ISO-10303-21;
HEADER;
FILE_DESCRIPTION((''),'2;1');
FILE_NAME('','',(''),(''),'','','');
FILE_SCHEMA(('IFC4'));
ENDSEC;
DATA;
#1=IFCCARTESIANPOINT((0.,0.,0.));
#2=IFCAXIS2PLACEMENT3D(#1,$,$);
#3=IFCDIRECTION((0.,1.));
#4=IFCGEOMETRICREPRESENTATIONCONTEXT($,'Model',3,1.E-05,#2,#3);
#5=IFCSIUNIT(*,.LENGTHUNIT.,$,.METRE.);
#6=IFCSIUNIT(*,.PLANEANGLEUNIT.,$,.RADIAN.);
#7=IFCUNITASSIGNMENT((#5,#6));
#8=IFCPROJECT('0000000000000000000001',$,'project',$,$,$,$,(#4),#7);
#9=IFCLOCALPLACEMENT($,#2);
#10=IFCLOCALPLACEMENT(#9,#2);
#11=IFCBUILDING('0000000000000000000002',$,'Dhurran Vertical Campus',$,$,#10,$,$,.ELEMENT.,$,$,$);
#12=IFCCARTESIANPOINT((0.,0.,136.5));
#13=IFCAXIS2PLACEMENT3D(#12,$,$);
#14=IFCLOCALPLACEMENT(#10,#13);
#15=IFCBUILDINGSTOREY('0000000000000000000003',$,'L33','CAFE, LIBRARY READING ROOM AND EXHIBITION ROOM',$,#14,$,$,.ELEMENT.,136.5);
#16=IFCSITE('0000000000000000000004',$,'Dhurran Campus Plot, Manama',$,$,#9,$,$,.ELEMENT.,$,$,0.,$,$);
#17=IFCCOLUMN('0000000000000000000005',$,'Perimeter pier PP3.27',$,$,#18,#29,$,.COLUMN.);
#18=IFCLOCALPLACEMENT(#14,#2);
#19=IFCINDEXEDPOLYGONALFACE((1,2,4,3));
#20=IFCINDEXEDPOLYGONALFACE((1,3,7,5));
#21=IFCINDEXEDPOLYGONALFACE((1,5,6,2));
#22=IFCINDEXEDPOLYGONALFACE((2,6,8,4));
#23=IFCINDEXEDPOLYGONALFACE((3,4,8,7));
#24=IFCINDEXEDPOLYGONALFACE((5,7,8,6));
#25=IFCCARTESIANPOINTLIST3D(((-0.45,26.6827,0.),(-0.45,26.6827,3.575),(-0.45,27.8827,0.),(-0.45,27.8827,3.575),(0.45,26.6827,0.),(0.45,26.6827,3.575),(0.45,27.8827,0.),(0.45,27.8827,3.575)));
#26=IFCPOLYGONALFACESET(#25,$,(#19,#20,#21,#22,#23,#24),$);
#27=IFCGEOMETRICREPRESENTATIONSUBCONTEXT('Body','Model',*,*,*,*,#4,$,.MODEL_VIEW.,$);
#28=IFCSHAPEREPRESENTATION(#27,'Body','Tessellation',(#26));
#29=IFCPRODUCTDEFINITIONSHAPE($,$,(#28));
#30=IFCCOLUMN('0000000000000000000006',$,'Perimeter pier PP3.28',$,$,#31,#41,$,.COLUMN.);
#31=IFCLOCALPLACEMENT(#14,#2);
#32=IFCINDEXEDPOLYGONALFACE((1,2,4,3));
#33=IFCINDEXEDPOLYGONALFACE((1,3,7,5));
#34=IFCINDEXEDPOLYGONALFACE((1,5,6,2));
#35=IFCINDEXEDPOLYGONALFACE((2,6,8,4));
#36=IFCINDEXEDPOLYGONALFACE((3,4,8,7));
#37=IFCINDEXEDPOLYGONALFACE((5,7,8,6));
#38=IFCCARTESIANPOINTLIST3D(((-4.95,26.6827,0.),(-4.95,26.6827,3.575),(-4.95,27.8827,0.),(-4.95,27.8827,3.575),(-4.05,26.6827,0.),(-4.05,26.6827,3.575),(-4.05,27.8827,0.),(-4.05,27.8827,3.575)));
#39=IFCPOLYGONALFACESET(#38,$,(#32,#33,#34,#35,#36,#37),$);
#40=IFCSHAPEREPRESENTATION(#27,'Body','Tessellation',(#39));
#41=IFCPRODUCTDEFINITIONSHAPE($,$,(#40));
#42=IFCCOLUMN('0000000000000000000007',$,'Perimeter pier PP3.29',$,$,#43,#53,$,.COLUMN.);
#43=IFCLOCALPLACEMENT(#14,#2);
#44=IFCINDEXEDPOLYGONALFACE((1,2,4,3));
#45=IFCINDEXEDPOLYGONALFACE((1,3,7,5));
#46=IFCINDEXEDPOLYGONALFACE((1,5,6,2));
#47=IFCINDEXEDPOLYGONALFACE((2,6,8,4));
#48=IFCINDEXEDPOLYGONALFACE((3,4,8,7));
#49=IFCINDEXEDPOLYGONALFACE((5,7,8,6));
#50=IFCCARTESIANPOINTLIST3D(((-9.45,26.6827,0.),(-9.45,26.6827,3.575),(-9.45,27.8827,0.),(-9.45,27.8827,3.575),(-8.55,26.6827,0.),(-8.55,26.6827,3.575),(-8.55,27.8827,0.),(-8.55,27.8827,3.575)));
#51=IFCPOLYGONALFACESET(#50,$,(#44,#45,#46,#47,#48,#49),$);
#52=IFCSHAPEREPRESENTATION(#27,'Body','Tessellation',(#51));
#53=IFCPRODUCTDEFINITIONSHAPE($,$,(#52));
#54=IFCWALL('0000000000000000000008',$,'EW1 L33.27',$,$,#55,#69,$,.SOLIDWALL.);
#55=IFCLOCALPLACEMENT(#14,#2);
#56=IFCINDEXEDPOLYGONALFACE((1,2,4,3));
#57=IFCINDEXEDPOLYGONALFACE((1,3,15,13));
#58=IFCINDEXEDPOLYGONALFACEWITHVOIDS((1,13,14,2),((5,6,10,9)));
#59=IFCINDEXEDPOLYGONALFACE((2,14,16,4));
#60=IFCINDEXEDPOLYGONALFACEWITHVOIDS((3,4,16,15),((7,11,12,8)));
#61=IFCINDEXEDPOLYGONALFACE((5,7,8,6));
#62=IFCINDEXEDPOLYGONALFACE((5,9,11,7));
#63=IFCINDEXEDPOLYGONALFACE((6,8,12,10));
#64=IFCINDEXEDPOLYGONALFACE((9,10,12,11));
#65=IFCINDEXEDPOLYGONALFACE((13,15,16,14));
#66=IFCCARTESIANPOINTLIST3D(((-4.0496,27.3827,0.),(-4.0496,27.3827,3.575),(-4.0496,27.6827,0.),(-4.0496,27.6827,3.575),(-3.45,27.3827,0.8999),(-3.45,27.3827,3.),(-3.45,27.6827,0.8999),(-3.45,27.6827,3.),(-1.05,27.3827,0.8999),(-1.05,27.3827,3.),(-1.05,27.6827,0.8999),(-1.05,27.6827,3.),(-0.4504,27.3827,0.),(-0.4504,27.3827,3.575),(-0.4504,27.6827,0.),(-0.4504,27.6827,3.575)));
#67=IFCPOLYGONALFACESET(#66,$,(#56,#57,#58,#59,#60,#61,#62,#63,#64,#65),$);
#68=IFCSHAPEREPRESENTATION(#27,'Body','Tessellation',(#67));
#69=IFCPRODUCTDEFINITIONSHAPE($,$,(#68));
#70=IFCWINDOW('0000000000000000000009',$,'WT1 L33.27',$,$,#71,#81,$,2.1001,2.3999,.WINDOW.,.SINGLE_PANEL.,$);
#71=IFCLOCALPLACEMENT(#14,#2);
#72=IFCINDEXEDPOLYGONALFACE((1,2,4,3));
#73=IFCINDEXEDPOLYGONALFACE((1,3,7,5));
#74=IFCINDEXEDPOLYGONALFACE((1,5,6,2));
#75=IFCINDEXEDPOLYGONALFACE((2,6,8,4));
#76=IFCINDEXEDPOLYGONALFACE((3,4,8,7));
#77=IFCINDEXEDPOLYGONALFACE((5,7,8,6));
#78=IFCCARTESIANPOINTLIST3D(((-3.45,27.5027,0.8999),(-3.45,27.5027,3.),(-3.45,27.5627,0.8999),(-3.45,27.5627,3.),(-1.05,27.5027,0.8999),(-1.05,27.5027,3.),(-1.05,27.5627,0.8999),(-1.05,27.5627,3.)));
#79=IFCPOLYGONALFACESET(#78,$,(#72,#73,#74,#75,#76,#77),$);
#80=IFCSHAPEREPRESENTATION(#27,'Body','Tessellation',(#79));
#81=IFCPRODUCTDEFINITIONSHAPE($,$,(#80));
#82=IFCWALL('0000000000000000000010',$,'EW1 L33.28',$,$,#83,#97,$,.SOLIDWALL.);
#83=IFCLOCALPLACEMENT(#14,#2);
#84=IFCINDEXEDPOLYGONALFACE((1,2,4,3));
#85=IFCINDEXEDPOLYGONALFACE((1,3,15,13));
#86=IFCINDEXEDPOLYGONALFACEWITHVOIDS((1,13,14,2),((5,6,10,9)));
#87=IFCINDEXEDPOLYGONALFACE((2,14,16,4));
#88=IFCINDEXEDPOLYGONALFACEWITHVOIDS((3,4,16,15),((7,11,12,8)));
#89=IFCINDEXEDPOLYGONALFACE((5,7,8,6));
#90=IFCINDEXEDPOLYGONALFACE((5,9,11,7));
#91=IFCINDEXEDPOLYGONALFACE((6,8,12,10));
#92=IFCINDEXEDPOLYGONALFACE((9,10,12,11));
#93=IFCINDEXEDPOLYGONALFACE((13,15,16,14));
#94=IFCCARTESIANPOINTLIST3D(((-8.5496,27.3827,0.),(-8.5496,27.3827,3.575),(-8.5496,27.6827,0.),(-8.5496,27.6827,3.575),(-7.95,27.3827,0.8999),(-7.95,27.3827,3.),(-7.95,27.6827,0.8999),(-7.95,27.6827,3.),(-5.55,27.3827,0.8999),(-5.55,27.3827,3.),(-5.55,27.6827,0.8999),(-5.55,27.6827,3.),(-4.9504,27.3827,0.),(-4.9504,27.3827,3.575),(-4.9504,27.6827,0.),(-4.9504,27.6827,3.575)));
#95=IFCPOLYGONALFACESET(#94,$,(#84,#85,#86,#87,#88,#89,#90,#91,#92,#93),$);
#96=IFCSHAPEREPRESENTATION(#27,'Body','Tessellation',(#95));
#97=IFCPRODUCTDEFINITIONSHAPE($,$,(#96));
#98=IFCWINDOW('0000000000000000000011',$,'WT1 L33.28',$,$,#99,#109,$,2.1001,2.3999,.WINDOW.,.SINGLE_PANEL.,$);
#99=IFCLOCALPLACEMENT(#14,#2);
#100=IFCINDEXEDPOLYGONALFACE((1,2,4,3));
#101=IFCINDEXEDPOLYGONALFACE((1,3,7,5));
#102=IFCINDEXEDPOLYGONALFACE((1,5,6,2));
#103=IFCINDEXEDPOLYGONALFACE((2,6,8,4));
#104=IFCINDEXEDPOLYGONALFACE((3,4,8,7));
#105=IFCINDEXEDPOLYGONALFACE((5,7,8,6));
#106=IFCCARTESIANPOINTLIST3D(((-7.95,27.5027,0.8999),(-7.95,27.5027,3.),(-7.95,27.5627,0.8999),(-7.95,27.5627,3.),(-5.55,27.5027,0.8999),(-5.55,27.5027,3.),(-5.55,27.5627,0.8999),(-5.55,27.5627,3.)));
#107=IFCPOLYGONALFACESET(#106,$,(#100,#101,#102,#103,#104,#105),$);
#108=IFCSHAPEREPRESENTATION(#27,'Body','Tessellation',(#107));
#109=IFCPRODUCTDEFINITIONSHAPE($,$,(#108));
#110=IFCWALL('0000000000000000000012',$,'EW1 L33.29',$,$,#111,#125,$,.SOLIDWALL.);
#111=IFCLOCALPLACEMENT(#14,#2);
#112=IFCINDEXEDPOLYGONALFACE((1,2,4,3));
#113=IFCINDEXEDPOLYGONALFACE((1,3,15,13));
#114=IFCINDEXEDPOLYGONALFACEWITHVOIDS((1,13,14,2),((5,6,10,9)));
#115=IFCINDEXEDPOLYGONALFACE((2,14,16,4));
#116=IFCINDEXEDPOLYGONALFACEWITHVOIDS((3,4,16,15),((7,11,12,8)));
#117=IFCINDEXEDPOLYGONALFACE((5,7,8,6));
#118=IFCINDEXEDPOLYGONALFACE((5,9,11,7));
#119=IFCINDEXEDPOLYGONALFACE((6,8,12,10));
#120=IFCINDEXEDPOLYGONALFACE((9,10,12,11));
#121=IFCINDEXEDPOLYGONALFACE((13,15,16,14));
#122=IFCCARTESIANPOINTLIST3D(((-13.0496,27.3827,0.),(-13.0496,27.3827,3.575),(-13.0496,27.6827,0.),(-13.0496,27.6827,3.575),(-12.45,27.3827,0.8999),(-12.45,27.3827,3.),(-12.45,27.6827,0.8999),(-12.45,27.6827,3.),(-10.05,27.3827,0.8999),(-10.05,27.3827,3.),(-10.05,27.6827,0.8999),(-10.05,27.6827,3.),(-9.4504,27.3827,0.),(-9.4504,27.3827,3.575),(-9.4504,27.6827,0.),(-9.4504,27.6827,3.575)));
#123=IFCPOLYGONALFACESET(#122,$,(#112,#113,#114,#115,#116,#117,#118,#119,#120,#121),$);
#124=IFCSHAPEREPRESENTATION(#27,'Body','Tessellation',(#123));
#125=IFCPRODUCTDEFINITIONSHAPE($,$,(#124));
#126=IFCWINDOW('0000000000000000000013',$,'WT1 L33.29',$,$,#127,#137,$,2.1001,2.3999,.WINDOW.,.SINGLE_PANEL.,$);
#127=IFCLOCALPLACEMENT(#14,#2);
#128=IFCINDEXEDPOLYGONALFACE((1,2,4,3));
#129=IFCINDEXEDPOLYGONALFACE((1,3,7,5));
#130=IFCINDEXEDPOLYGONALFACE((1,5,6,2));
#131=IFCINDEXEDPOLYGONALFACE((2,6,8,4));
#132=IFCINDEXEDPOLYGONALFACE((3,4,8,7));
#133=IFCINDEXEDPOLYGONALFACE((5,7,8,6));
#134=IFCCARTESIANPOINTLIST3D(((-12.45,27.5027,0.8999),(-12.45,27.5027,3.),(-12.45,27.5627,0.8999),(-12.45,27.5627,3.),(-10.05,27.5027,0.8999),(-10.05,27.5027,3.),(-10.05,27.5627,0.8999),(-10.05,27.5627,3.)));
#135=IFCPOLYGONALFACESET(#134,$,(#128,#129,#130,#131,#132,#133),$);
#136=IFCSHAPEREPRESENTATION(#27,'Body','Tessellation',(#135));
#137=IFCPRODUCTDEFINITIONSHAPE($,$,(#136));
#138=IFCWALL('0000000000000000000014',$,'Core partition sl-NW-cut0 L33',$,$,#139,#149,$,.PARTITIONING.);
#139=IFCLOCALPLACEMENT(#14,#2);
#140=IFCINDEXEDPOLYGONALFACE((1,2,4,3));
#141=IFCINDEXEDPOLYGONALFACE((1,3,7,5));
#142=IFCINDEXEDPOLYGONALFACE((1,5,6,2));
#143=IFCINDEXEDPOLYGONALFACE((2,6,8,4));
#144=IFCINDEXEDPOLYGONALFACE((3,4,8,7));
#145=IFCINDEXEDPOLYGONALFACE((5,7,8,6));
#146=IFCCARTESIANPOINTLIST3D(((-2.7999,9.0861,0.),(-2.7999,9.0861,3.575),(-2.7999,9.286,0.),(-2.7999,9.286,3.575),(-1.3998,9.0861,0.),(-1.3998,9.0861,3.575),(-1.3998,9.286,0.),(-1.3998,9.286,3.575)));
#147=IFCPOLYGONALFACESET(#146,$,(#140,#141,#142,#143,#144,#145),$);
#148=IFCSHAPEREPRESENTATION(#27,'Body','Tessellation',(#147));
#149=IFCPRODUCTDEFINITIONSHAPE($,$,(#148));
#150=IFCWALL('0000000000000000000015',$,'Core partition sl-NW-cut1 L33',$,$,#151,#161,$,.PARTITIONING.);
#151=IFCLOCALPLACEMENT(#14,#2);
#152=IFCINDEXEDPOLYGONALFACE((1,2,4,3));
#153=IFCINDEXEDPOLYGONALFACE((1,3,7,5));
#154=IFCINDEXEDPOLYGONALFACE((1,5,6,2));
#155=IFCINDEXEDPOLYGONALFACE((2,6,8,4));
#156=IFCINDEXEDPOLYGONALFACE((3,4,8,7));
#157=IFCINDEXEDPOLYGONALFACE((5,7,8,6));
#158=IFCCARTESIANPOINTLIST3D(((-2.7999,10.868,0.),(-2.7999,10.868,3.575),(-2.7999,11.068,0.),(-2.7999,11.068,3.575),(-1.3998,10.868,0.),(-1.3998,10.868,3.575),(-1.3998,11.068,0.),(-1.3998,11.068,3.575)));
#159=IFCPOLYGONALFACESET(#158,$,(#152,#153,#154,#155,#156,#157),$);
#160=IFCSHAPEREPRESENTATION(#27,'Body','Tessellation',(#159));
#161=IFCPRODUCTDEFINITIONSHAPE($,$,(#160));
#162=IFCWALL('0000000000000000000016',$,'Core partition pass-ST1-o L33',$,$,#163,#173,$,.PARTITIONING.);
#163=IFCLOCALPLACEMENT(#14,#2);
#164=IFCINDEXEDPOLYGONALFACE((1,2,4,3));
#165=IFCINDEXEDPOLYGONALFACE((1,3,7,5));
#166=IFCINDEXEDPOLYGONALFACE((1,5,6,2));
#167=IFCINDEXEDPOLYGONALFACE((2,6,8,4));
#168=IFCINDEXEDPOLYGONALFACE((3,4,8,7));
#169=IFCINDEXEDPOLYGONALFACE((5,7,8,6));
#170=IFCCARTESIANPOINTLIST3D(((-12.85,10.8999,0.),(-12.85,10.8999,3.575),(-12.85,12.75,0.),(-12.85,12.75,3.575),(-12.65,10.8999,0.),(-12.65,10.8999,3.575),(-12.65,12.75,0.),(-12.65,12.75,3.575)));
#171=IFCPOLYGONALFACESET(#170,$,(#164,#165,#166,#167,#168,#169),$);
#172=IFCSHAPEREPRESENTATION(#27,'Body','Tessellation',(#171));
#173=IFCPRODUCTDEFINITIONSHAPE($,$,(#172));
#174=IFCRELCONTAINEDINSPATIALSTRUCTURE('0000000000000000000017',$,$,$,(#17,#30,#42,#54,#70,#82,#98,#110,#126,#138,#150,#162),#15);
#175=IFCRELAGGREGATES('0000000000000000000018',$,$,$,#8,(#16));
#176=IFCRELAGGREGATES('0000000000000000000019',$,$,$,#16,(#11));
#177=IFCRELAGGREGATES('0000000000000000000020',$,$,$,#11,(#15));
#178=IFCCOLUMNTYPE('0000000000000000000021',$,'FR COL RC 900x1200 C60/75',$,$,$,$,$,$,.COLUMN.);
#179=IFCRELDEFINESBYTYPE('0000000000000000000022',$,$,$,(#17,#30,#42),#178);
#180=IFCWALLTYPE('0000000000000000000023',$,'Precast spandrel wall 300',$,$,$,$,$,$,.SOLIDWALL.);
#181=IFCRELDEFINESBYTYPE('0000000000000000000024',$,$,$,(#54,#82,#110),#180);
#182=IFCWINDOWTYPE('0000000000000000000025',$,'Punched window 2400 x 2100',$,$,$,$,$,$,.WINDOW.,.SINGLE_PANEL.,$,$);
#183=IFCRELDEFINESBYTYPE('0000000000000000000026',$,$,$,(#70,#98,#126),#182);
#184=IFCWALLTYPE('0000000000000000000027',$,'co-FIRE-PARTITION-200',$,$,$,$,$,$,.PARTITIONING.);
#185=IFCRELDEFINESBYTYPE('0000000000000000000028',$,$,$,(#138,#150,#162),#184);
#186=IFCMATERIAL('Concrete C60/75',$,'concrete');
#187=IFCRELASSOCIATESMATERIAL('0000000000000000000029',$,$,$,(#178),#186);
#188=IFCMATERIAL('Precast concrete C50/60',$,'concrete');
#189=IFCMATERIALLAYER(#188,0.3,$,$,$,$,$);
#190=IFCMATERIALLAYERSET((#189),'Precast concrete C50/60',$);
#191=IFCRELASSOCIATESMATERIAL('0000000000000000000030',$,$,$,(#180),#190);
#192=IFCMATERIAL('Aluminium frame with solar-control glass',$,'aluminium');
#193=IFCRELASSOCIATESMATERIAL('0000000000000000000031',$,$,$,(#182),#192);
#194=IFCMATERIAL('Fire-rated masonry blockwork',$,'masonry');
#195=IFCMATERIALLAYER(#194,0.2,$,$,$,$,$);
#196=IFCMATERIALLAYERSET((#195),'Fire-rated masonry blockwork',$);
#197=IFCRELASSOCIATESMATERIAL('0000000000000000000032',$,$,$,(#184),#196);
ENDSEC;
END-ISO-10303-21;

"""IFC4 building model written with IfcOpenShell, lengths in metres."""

from ifc_helpers import new_model, si_unit, direction, frame, frame_2d, origin, origin_2d, place, context, subcontext, project, spatial, rectangle, extrude, material, layer, layer_set, material_profile, profile_set, type_object, element, fill, save


model = new_model("IFC4")

# Units and contexts
model_context = context("Model", 3, precision=1e-05, world=origin(), true_north=direction((0.0, 1.0)))
body_context = subcontext(model_context, "Body", "Model", "MODEL_VIEW")
ifc_project = project(units=[si_unit("LENGTHUNIT", "METRE"), si_unit("PLANEANGLEUNIT", "RADIAN")], contexts=[model_context])

# Site, building, storey
site_placement = place(None, origin())
site = spatial("IfcSite", under=ifc_project, at=site_placement, Name="Dhurran Campus Plot, Manama", CompositionType="ELEMENT", RefElevation=0.0)
building_placement = place(site_placement, origin())
building = spatial("IfcBuilding", under=site, at=building_placement, Name="Dhurran Vertical Campus", CompositionType="ELEMENT")
storey_placement = place(building_placement, frame((0.0, 0.0, 136.5)))
storey = spatial("IfcBuildingStorey", under=building, at=storey_placement, Name="L33", Description="CAFE, LIBRARY READING ROOM AND EXHIBITION ROOM", CompositionType="ELEMENT", Elevation=136.5)

# Columns
ifc_material_1 = material(Name="Concrete C60/75", Category="concrete")
ifc_material_profile = material_profile(ifc_material_1, rectangle(XDim=0.8999, YDim=1.2, at=origin_2d()), Name="RC 900x1200")
ifc_profile_set = profile_set([ifc_material_profile], Name="Concrete C60/75")
column_type = type_object("IfcColumnType", Name="FR COL RC 900x1200 C60/75", PredefinedType="COLUMN", material=ifc_profile_set)
for number, where, z_axis, x_axis, name in (
    (1, (0.0, 27.2827, 0.0), (0.0, 0.0, 1.0), (-1.0, 0.0, 0.0), "Perimeter pier PP3.27"),
    (2, (-4.5, 27.2827, 0.0), (0.0, 0.0, 1.0), (-1.0, 0.0, 0.0), "Perimeter pier PP3.28"),
    (3, (-9.0, 27.2827, 0.0), (0.0, 0.0, 1.0), (-1.0, 0.0, 0.0), "Perimeter pier PP3.29"),
):
    element("IfcColumn", number, at=place(storey_placement, frame(where, z_axis=z_axis, x_axis=x_axis)), inside=storey, type_object=column_type, Name=name, PredefinedType="COLUMN", context=body_context, shape_type="SweptSolid", body=[
        extrude(rectangle(XDim=0.8999, YDim=1.2, at=origin_2d()), origin(), (0.0, 0.0, 1.0), 3.575),
    ])

# Walls, openings, windows
ifc_material_2 = material(Name="Precast concrete C50/60", Category="concrete")
ifc_layer_1 = layer(ifc_material_2, 0.3)
ifc_layer_set_1 = layer_set([ifc_layer_1], Name="Precast concrete C50/60")
wall_type_1 = type_object("IfcWallType", Name="Precast spandrel wall 300", PredefinedType="SOLIDWALL", material=ifc_layer_set_1)
wall_1_placement = place(storey_placement, frame((-0.4504, 27.5327, 0.0), z_axis=(0.0, 0.0, 1.0), x_axis=(-1.0, 0.0, 0.0)))
wall_1 = element("IfcWall", 4, at=wall_1_placement, inside=storey, type_object=wall_type_1, Name="EW1 L33.27", PredefinedType="SOLIDWALL", context=body_context, shape_type="SweptSolid", body=[
    extrude(rectangle(XDim=3.5991, YDim=0.3, at=frame_2d((1.7996, 0.0))), origin(), (0.0, 0.0, 1.0), 3.575),
])
opening_1_placement = place(wall_1_placement, frame((0.5996, 0.0, 0.8999)))
opening_1 = element("IfcOpeningElement", 5, at=opening_1_placement, cuts=wall_1, PredefinedType="OPENING", context=body_context, shape_type="SweptSolid", body=[
    extrude(rectangle(XDim=2.3999, YDim=2.1001, at=frame_2d((1.2, 1.05))), frame((0.0, 0.1599, 0.0), z_axis=(0.0, -1.0, 0.0), x_axis=(1.0, 0.0, 0.0)), (0.0, 0.0, 1.0), 0.3201),
])
ifc_material_3 = material(Name="Aluminium frame with solar-control glass", Category="aluminium")
window_type = type_object("IfcWindowType", Name="Punched window 2400 x 2100", PartitioningType="SINGLE_PANEL", PredefinedType="WINDOW", material=ifc_material_3)
window_1_placement = place(opening_1_placement, origin())
window_1 = element("IfcWindow", 6, at=window_1_placement, inside=storey, type_object=window_type, Name="WT1 L33.27", OverallHeight=2.1001, OverallWidth=2.3999, PartitioningType="SINGLE_PANEL", PredefinedType="WINDOW", context=body_context, shape_type="SweptSolid", body=[
    extrude(rectangle(XDim=2.3999, YDim=2.1001, at=frame_2d((1.2, 1.05))), frame((0.0, 0.03, 0.0), z_axis=(0.0, -1.0, 0.0), x_axis=(1.0, 0.0, 0.0)), (0.0, 0.0, 1.0), 0.0601),
])
fill(opening_1, window_1)
wall_2_placement = place(storey_placement, frame((-4.9504, 27.5327, 0.0), z_axis=(0.0, 0.0, 1.0), x_axis=(-1.0, 0.0, 0.0)))
wall_2 = element("IfcWall", 7, at=wall_2_placement, inside=storey, type_object=wall_type_1, Name="EW1 L33.28", PredefinedType="SOLIDWALL", context=body_context, shape_type="SweptSolid", body=[
    extrude(rectangle(XDim=3.5991, YDim=0.3, at=frame_2d((1.7996, 0.0))), origin(), (0.0, 0.0, 1.0), 3.575),
])
opening_2_placement = place(wall_2_placement, frame((0.5996, 0.0, 0.8999)))
opening_2 = element("IfcOpeningElement", 8, at=opening_2_placement, cuts=wall_2, PredefinedType="OPENING", context=body_context, shape_type="SweptSolid", body=[
    extrude(rectangle(XDim=2.3999, YDim=2.1001, at=frame_2d((1.2, 1.05))), frame((0.0, 0.1599, 0.0), z_axis=(0.0, -1.0, 0.0), x_axis=(1.0, 0.0, 0.0)), (0.0, 0.0, 1.0), 0.3201),
])
window_2_placement = place(opening_2_placement, origin())
window_2 = element("IfcWindow", 9, at=window_2_placement, inside=storey, type_object=window_type, Name="WT1 L33.28", OverallHeight=2.1001, OverallWidth=2.3999, PartitioningType="SINGLE_PANEL", PredefinedType="WINDOW", context=body_context, shape_type="SweptSolid", body=[
    extrude(rectangle(XDim=2.3999, YDim=2.1001, at=frame_2d((1.2, 1.05))), frame((0.0, 0.03, 0.0), z_axis=(0.0, -1.0, 0.0), x_axis=(1.0, 0.0, 0.0)), (0.0, 0.0, 1.0), 0.0601),
])
fill(opening_2, window_2)
wall_3_placement = place(storey_placement, frame((-9.4504, 27.5327, 0.0), z_axis=(0.0, 0.0, 1.0), x_axis=(-1.0, 0.0, 0.0)))
wall_3 = element("IfcWall", 10, at=wall_3_placement, inside=storey, type_object=wall_type_1, Name="EW1 L33.29", PredefinedType="SOLIDWALL", context=body_context, shape_type="SweptSolid", body=[
    extrude(rectangle(XDim=3.5991, YDim=0.3, at=frame_2d((1.7996, 0.0))), origin(), (0.0, 0.0, 1.0), 3.575),
])
opening_3_placement = place(wall_3_placement, frame((0.5996, 0.0, 0.8999)))
opening_3 = element("IfcOpeningElement", 11, at=opening_3_placement, cuts=wall_3, PredefinedType="OPENING", context=body_context, shape_type="SweptSolid", body=[
    extrude(rectangle(XDim=2.3999, YDim=2.1001, at=frame_2d((1.2, 1.05))), frame((0.0, 0.1599, 0.0), z_axis=(0.0, -1.0, 0.0), x_axis=(1.0, 0.0, 0.0)), (0.0, 0.0, 1.0), 0.3201),
])
window_3_placement = place(opening_3_placement, origin())
window_3 = element("IfcWindow", 12, at=window_3_placement, inside=storey, type_object=window_type, Name="WT1 L33.29", OverallHeight=2.1001, OverallWidth=2.3999, PartitioningType="SINGLE_PANEL", PredefinedType="WINDOW", context=body_context, shape_type="SweptSolid", body=[
    extrude(rectangle(XDim=2.3999, YDim=2.1001, at=frame_2d((1.2, 1.05))), frame((0.0, 0.03, 0.0), z_axis=(0.0, -1.0, 0.0), x_axis=(1.0, 0.0, 0.0)), (0.0, 0.0, 1.0), 0.0601),
])
fill(opening_3, window_3)

# Walls
ifc_material_4 = material(Name="Fire-rated masonry blockwork", Category="masonry")
ifc_layer_2 = layer(ifc_material_4, 0.2)
ifc_layer_set_2 = layer_set([ifc_layer_2], Name="Fire-rated masonry blockwork")
wall_type_2 = type_object("IfcWallType", Name="co-FIRE-PARTITION-200", PredefinedType="PARTITIONING", material=ifc_layer_set_2)
for number, where, z_axis, x_axis, name in (
    (13, (-2.8, 9.186, 0.0), (0.0, 0.0, 1.0), (1.0, 0.0, 0.0), "Core partition sl-NW-cut0 L33"),
    (14, (-2.8, 10.968, 0.0), (0.0, 0.0, 1.0), (1.0, 0.0, 0.0), "Core partition sl-NW-cut1 L33"),
):
    element("IfcWall", number, at=place(storey_placement, frame(where, z_axis=z_axis, x_axis=x_axis)), inside=storey, type_object=wall_type_2, Name=name, PredefinedType="PARTITIONING", context=body_context, shape_type="SweptSolid", body=[
        extrude(rectangle(XDim=1.4001, YDim=0.2, at=frame_2d((0.7002, 0.0))), origin(), (0.0, 0.0, 1.0), 3.575),
    ])
wall_4_placement = place(storey_placement, frame((-12.75, 10.8999, 0.0), z_axis=(0.0, 0.0, 1.0), x_axis=(0.0, 1.0, 0.0)))
element("IfcWall", 15, at=wall_4_placement, inside=storey, type_object=wall_type_2, Name="Core partition pass-ST1-o L33", PredefinedType="PARTITIONING", context=body_context, shape_type="SweptSolid", body=[
    extrude(rectangle(XDim=1.8501, YDim=0.2, at=frame_2d((0.925, 0.0))), origin(), (0.0, 0.0, 1.0), 3.575),
])

save(model, "model.ifc")
